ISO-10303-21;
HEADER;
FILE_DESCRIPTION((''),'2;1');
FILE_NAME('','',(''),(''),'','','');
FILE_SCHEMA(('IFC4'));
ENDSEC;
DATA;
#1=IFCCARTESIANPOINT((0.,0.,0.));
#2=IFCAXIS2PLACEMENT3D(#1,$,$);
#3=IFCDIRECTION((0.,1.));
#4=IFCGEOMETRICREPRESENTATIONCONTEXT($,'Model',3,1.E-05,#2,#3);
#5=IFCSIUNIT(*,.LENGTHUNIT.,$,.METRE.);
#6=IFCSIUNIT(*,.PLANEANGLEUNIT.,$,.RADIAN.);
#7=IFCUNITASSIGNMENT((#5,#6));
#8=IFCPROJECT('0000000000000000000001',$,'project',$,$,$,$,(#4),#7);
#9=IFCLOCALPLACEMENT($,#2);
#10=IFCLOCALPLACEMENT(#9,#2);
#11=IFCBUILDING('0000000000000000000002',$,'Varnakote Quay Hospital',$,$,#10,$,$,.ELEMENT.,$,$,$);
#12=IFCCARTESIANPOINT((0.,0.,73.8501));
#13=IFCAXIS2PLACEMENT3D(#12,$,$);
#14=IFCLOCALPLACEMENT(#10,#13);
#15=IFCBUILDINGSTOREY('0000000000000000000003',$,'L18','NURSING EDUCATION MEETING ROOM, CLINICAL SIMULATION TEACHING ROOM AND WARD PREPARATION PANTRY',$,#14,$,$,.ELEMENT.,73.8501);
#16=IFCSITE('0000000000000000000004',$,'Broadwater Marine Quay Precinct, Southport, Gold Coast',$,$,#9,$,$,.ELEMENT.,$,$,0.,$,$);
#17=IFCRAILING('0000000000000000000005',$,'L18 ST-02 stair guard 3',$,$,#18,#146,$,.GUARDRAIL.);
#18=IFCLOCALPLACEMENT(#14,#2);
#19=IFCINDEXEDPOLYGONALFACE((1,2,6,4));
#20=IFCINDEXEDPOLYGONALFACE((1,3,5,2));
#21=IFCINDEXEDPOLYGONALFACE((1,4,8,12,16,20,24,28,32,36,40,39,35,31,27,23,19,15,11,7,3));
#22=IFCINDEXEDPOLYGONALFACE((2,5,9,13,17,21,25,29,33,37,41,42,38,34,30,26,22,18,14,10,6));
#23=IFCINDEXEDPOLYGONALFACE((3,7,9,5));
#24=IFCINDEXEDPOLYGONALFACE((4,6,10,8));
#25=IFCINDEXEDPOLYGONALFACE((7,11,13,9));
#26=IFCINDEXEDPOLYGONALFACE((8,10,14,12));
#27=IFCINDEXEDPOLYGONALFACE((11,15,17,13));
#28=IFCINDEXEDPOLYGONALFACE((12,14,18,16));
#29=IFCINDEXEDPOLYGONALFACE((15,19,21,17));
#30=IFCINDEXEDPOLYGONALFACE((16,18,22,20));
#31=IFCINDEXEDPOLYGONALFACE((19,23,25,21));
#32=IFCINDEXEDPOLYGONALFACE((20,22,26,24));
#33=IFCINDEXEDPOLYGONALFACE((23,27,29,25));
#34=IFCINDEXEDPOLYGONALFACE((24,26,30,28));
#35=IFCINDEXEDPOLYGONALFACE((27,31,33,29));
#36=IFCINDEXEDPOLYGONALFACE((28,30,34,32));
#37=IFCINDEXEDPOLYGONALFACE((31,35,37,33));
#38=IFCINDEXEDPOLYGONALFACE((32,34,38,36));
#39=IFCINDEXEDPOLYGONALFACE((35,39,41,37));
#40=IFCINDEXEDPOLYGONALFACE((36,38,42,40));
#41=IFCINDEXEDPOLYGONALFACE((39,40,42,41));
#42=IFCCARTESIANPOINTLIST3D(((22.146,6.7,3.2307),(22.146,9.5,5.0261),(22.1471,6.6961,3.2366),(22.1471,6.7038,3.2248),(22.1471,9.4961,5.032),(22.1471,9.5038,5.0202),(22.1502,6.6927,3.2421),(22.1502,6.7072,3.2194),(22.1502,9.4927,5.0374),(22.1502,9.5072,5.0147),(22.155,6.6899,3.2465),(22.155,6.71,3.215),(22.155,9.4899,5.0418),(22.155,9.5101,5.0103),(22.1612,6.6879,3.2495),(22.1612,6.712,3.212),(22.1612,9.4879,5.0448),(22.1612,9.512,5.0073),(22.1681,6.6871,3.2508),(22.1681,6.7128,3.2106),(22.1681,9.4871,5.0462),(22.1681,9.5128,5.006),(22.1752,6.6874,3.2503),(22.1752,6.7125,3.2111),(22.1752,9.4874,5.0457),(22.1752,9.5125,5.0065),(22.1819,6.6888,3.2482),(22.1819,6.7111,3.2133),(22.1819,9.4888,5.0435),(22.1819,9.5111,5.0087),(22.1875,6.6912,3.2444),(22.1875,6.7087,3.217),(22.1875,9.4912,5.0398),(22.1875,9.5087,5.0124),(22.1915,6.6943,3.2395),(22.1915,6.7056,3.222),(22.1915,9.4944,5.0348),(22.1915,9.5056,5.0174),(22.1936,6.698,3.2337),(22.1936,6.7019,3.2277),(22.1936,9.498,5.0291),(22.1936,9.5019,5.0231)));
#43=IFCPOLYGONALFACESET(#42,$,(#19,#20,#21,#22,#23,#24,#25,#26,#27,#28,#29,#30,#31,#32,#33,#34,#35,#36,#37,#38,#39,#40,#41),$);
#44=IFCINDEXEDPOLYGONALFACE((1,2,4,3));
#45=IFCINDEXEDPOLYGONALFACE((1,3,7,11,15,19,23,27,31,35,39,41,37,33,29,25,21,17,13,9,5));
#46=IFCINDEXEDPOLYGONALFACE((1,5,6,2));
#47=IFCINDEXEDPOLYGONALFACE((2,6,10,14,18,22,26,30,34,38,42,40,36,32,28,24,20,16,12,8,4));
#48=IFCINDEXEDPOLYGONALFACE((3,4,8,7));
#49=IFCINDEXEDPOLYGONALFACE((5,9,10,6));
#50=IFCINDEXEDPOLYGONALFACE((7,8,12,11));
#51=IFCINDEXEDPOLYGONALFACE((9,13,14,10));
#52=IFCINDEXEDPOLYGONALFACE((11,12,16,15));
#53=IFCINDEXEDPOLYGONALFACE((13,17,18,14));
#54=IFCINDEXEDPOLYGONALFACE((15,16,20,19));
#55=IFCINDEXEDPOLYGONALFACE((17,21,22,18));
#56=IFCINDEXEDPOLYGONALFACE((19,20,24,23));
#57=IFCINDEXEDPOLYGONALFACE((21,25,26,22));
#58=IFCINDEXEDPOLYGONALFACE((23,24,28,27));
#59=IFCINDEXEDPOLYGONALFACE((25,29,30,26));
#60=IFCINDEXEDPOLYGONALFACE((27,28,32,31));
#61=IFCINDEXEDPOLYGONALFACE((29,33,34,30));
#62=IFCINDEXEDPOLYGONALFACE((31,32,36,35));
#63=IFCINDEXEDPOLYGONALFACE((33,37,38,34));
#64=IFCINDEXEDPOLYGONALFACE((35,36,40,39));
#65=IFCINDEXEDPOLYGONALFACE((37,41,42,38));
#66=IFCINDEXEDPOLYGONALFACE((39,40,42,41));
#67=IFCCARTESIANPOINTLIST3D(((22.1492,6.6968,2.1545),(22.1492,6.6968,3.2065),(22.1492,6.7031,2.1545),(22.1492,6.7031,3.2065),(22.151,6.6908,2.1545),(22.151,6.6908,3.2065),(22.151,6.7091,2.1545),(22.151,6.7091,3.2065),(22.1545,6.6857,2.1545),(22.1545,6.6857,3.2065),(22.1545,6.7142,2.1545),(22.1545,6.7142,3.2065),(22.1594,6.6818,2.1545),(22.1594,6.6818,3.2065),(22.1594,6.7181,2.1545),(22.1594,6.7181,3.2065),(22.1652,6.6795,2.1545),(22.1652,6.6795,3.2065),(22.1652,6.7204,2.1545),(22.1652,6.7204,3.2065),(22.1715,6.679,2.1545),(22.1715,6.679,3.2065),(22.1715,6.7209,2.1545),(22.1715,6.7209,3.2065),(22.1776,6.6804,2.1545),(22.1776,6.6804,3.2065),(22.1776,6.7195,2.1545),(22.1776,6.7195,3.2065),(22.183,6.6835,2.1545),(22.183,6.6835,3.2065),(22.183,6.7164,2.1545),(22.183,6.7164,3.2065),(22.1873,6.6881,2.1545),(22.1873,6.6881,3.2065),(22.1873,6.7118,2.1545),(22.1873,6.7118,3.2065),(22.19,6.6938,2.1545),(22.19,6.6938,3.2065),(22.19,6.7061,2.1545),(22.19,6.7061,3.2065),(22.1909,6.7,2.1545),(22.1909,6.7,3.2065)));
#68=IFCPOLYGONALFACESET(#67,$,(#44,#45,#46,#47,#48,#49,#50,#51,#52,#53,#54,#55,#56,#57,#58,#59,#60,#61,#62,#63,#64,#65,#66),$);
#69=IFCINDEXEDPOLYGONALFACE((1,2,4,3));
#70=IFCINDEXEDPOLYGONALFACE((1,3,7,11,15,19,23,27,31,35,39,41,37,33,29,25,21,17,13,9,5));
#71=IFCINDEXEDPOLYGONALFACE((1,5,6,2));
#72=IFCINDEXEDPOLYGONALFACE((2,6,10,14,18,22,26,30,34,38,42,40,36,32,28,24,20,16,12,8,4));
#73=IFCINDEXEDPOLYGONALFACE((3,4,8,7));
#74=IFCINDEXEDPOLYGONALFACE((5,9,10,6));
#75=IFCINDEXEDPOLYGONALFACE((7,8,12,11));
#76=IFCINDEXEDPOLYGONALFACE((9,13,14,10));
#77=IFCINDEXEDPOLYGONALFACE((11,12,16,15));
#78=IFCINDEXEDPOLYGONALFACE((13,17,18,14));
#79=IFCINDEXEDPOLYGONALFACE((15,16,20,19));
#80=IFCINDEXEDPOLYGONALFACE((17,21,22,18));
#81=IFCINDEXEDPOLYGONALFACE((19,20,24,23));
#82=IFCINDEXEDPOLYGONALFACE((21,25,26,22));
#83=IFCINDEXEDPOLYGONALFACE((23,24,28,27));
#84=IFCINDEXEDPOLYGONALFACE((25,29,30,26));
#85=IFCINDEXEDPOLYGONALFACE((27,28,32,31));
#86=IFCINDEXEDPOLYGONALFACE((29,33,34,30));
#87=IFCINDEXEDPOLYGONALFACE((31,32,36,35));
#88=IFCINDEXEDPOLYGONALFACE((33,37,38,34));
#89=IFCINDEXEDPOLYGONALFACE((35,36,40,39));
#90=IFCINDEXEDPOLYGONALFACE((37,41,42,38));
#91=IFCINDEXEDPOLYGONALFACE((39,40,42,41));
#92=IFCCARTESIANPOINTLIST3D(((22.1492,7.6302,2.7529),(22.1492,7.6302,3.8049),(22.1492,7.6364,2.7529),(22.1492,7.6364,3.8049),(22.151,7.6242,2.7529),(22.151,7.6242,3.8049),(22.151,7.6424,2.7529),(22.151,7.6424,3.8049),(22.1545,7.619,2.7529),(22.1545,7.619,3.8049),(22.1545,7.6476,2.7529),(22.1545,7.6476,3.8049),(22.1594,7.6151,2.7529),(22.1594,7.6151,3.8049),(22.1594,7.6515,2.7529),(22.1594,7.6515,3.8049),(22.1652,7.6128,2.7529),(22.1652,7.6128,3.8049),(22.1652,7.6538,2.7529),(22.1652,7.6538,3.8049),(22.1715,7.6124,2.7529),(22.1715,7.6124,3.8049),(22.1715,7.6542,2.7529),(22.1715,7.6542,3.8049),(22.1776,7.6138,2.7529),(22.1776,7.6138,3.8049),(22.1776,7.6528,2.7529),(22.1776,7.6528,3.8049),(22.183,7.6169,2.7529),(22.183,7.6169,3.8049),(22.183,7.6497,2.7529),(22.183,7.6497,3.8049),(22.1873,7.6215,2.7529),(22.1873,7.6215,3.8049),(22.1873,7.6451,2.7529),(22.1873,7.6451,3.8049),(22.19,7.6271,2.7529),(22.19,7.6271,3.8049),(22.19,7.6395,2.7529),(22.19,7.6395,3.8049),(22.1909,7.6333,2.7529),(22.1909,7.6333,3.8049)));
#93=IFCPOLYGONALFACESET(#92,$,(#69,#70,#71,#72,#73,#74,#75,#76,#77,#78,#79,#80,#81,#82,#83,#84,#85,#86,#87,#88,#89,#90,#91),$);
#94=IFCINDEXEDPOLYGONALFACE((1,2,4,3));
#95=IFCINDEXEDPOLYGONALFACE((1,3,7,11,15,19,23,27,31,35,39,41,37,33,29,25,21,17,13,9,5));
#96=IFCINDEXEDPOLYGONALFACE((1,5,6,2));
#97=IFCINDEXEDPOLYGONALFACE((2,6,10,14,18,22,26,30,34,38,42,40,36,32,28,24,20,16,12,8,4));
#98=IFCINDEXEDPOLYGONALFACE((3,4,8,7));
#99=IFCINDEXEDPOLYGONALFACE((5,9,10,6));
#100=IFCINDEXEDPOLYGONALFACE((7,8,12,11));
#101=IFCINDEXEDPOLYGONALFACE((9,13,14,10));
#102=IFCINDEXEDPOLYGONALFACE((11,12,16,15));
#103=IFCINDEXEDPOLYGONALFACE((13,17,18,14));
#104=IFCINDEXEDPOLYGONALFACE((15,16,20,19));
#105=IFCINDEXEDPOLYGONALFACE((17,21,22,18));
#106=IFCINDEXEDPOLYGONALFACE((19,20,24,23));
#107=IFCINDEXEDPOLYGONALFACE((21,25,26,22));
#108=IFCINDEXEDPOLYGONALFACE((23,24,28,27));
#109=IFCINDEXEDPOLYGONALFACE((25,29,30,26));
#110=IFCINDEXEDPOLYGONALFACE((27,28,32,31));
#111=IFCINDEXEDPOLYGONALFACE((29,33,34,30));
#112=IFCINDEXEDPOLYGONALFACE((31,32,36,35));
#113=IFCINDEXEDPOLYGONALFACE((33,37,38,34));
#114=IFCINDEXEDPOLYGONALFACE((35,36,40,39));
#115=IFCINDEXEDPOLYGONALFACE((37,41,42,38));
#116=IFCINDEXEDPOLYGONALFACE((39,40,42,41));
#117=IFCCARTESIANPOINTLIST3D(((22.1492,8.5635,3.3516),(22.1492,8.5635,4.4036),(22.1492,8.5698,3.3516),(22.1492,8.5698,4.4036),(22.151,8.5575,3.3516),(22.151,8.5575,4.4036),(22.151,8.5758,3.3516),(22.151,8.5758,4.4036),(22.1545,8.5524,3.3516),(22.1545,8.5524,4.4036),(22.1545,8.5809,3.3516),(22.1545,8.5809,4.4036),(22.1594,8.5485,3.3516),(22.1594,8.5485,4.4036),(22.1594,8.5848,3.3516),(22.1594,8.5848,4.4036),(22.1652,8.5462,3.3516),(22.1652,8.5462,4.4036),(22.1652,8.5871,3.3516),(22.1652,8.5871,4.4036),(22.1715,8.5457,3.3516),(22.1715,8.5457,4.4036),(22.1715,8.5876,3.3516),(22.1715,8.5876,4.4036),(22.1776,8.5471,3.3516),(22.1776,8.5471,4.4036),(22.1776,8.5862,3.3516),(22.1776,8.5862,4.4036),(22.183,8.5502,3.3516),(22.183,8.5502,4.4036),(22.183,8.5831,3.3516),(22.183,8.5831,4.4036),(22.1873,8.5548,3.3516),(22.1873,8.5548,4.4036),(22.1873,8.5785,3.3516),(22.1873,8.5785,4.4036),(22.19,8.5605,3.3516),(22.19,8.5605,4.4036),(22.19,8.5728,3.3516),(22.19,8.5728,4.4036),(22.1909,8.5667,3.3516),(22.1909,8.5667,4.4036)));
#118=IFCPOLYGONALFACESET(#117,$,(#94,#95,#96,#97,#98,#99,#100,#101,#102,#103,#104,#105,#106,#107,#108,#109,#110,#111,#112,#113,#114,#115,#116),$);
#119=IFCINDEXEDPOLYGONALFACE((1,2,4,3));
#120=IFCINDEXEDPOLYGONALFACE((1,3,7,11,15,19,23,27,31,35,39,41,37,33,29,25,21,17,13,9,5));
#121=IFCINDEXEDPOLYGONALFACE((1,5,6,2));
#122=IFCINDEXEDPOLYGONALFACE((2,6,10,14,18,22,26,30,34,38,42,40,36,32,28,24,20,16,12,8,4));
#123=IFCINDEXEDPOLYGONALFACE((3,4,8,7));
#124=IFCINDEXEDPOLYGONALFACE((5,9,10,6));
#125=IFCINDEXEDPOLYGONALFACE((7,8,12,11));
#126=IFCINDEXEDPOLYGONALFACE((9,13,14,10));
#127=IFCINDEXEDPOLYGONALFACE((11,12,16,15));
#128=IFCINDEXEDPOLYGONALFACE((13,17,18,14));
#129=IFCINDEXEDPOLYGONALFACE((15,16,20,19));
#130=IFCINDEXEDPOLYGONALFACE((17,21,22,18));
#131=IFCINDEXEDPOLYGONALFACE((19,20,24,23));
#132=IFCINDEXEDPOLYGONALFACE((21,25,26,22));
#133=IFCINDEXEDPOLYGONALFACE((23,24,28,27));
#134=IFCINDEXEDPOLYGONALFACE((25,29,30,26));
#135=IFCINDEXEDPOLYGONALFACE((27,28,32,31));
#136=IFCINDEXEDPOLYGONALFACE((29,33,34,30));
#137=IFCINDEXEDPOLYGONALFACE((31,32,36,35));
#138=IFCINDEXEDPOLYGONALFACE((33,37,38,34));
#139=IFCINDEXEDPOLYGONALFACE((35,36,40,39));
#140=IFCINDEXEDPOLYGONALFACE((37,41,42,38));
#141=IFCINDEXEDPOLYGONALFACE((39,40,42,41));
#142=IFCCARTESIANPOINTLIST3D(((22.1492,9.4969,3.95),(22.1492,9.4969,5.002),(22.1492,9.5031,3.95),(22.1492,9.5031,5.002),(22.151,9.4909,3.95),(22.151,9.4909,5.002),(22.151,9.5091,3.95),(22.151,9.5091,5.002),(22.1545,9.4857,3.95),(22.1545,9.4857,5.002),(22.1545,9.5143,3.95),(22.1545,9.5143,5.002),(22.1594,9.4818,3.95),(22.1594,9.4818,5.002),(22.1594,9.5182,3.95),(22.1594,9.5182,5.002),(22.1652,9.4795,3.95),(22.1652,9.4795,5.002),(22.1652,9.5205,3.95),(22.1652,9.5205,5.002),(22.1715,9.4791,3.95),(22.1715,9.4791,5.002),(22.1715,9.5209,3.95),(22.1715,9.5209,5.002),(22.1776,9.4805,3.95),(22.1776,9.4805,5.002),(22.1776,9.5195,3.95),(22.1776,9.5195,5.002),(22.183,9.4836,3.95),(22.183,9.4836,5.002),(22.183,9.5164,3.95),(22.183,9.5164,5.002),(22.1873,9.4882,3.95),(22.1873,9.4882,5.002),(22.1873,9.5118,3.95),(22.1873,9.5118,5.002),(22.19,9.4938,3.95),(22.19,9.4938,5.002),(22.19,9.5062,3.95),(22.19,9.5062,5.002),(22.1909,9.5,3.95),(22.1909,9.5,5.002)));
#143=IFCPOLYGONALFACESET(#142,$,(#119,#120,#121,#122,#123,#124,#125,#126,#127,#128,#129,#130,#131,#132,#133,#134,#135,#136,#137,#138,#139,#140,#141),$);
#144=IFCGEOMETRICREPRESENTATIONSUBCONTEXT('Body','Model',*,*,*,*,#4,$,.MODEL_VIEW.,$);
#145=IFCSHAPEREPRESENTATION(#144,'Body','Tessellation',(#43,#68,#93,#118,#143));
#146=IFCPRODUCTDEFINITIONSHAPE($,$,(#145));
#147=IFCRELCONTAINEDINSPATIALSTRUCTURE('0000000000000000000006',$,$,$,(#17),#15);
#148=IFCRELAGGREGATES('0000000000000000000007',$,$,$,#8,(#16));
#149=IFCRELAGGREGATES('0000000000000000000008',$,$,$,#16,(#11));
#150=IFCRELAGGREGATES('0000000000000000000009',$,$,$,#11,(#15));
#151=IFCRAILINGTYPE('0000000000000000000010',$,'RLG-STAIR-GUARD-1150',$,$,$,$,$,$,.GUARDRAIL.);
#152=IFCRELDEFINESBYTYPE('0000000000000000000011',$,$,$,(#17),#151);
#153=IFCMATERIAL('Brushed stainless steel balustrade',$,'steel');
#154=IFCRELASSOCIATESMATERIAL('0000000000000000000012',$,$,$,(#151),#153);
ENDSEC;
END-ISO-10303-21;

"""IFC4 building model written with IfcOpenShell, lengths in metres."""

from ifc_helpers import new_model, si_unit, direction, frame, origin, origin_2d, place, context, subcontext, project, spatial, circle, extrude, material, type_object, element, save


model = new_model("IFC4")

# Units and contexts
model_context = context("Model", 3, precision=1e-05, world=origin(), true_north=direction((0.0, 1.0)))
body_context = subcontext(model_context, "Body", "Model", "MODEL_VIEW")
ifc_project = project(units=[si_unit("LENGTHUNIT", "METRE"), si_unit("PLANEANGLEUNIT", "RADIAN")], contexts=[model_context])

# Site, building, storey
site_placement = place(None, origin())
site = spatial("IfcSite", under=ifc_project, at=site_placement, Name="Broadwater Marine Quay Precinct, Southport, Gold Coast", CompositionType="ELEMENT", RefElevation=0.0)
building_placement = place(site_placement, origin())
building = spatial("IfcBuilding", under=site, at=building_placement, Name="Varnakote Quay Hospital", CompositionType="ELEMENT")
storey_placement = place(building_placement, frame((0.0, 0.0, 73.8501)))
storey = spatial("IfcBuildingStorey", under=building, at=storey_placement, Name="L18", Description="NURSING EDUCATION MEETING ROOM, CLINICAL SIMULATION TEACHING ROOM AND WARD PREPARATION PANTRY", CompositionType="ELEMENT", Elevation=73.8501)

# Railing
ifc_material_1 = material(Name="Brushed stainless steel balustrade", Category="steel")
railing_type_1 = type_object("IfcRailingType", Name="RLG-STAIR-GUARD-1150", PredefinedType="GUARDRAIL", material=ifc_material_1)
railing_1_placement = place(storey_placement, frame((22.1699, 6.7, 2.1545)))
element("IfcRailing", 1, at=railing_1_placement, inside=storey, type_object=railing_type_1, Name="L18 ST-02 stair guard 3", PredefinedType="GUARDRAIL", context=body_context, shape_type="SweptSolid", body=[
    extrude(circle(Radius=0.0239, at=origin_2d()), frame((0.0, 0.0, 1.0762), z_axis=(0.0, 0.84181, 0.539774), x_axis=(-1.0, 0.0, 0.0)), (0.0, 0.0, 1.0), 3.3262),
    extrude(circle(Radius=0.021, at=origin_2d()), origin(), (0.0, 0.0, 1.0), 1.052),
    extrude(circle(Radius=0.021, at=origin_2d()), frame((0.0, 0.9333, 0.5984)), (0.0, 0.0, 1.0), 1.052),
    extrude(circle(Radius=0.021, at=origin_2d()), frame((0.0, 1.8667, 1.197)), (0.0, 0.0, 1.0), 1.052),
    extrude(circle(Radius=0.021, at=origin_2d()), frame((0.0, 2.8, 1.7954)), (0.0, 0.0, 1.0), 1.052),
])

save(model, "model.ifc")
